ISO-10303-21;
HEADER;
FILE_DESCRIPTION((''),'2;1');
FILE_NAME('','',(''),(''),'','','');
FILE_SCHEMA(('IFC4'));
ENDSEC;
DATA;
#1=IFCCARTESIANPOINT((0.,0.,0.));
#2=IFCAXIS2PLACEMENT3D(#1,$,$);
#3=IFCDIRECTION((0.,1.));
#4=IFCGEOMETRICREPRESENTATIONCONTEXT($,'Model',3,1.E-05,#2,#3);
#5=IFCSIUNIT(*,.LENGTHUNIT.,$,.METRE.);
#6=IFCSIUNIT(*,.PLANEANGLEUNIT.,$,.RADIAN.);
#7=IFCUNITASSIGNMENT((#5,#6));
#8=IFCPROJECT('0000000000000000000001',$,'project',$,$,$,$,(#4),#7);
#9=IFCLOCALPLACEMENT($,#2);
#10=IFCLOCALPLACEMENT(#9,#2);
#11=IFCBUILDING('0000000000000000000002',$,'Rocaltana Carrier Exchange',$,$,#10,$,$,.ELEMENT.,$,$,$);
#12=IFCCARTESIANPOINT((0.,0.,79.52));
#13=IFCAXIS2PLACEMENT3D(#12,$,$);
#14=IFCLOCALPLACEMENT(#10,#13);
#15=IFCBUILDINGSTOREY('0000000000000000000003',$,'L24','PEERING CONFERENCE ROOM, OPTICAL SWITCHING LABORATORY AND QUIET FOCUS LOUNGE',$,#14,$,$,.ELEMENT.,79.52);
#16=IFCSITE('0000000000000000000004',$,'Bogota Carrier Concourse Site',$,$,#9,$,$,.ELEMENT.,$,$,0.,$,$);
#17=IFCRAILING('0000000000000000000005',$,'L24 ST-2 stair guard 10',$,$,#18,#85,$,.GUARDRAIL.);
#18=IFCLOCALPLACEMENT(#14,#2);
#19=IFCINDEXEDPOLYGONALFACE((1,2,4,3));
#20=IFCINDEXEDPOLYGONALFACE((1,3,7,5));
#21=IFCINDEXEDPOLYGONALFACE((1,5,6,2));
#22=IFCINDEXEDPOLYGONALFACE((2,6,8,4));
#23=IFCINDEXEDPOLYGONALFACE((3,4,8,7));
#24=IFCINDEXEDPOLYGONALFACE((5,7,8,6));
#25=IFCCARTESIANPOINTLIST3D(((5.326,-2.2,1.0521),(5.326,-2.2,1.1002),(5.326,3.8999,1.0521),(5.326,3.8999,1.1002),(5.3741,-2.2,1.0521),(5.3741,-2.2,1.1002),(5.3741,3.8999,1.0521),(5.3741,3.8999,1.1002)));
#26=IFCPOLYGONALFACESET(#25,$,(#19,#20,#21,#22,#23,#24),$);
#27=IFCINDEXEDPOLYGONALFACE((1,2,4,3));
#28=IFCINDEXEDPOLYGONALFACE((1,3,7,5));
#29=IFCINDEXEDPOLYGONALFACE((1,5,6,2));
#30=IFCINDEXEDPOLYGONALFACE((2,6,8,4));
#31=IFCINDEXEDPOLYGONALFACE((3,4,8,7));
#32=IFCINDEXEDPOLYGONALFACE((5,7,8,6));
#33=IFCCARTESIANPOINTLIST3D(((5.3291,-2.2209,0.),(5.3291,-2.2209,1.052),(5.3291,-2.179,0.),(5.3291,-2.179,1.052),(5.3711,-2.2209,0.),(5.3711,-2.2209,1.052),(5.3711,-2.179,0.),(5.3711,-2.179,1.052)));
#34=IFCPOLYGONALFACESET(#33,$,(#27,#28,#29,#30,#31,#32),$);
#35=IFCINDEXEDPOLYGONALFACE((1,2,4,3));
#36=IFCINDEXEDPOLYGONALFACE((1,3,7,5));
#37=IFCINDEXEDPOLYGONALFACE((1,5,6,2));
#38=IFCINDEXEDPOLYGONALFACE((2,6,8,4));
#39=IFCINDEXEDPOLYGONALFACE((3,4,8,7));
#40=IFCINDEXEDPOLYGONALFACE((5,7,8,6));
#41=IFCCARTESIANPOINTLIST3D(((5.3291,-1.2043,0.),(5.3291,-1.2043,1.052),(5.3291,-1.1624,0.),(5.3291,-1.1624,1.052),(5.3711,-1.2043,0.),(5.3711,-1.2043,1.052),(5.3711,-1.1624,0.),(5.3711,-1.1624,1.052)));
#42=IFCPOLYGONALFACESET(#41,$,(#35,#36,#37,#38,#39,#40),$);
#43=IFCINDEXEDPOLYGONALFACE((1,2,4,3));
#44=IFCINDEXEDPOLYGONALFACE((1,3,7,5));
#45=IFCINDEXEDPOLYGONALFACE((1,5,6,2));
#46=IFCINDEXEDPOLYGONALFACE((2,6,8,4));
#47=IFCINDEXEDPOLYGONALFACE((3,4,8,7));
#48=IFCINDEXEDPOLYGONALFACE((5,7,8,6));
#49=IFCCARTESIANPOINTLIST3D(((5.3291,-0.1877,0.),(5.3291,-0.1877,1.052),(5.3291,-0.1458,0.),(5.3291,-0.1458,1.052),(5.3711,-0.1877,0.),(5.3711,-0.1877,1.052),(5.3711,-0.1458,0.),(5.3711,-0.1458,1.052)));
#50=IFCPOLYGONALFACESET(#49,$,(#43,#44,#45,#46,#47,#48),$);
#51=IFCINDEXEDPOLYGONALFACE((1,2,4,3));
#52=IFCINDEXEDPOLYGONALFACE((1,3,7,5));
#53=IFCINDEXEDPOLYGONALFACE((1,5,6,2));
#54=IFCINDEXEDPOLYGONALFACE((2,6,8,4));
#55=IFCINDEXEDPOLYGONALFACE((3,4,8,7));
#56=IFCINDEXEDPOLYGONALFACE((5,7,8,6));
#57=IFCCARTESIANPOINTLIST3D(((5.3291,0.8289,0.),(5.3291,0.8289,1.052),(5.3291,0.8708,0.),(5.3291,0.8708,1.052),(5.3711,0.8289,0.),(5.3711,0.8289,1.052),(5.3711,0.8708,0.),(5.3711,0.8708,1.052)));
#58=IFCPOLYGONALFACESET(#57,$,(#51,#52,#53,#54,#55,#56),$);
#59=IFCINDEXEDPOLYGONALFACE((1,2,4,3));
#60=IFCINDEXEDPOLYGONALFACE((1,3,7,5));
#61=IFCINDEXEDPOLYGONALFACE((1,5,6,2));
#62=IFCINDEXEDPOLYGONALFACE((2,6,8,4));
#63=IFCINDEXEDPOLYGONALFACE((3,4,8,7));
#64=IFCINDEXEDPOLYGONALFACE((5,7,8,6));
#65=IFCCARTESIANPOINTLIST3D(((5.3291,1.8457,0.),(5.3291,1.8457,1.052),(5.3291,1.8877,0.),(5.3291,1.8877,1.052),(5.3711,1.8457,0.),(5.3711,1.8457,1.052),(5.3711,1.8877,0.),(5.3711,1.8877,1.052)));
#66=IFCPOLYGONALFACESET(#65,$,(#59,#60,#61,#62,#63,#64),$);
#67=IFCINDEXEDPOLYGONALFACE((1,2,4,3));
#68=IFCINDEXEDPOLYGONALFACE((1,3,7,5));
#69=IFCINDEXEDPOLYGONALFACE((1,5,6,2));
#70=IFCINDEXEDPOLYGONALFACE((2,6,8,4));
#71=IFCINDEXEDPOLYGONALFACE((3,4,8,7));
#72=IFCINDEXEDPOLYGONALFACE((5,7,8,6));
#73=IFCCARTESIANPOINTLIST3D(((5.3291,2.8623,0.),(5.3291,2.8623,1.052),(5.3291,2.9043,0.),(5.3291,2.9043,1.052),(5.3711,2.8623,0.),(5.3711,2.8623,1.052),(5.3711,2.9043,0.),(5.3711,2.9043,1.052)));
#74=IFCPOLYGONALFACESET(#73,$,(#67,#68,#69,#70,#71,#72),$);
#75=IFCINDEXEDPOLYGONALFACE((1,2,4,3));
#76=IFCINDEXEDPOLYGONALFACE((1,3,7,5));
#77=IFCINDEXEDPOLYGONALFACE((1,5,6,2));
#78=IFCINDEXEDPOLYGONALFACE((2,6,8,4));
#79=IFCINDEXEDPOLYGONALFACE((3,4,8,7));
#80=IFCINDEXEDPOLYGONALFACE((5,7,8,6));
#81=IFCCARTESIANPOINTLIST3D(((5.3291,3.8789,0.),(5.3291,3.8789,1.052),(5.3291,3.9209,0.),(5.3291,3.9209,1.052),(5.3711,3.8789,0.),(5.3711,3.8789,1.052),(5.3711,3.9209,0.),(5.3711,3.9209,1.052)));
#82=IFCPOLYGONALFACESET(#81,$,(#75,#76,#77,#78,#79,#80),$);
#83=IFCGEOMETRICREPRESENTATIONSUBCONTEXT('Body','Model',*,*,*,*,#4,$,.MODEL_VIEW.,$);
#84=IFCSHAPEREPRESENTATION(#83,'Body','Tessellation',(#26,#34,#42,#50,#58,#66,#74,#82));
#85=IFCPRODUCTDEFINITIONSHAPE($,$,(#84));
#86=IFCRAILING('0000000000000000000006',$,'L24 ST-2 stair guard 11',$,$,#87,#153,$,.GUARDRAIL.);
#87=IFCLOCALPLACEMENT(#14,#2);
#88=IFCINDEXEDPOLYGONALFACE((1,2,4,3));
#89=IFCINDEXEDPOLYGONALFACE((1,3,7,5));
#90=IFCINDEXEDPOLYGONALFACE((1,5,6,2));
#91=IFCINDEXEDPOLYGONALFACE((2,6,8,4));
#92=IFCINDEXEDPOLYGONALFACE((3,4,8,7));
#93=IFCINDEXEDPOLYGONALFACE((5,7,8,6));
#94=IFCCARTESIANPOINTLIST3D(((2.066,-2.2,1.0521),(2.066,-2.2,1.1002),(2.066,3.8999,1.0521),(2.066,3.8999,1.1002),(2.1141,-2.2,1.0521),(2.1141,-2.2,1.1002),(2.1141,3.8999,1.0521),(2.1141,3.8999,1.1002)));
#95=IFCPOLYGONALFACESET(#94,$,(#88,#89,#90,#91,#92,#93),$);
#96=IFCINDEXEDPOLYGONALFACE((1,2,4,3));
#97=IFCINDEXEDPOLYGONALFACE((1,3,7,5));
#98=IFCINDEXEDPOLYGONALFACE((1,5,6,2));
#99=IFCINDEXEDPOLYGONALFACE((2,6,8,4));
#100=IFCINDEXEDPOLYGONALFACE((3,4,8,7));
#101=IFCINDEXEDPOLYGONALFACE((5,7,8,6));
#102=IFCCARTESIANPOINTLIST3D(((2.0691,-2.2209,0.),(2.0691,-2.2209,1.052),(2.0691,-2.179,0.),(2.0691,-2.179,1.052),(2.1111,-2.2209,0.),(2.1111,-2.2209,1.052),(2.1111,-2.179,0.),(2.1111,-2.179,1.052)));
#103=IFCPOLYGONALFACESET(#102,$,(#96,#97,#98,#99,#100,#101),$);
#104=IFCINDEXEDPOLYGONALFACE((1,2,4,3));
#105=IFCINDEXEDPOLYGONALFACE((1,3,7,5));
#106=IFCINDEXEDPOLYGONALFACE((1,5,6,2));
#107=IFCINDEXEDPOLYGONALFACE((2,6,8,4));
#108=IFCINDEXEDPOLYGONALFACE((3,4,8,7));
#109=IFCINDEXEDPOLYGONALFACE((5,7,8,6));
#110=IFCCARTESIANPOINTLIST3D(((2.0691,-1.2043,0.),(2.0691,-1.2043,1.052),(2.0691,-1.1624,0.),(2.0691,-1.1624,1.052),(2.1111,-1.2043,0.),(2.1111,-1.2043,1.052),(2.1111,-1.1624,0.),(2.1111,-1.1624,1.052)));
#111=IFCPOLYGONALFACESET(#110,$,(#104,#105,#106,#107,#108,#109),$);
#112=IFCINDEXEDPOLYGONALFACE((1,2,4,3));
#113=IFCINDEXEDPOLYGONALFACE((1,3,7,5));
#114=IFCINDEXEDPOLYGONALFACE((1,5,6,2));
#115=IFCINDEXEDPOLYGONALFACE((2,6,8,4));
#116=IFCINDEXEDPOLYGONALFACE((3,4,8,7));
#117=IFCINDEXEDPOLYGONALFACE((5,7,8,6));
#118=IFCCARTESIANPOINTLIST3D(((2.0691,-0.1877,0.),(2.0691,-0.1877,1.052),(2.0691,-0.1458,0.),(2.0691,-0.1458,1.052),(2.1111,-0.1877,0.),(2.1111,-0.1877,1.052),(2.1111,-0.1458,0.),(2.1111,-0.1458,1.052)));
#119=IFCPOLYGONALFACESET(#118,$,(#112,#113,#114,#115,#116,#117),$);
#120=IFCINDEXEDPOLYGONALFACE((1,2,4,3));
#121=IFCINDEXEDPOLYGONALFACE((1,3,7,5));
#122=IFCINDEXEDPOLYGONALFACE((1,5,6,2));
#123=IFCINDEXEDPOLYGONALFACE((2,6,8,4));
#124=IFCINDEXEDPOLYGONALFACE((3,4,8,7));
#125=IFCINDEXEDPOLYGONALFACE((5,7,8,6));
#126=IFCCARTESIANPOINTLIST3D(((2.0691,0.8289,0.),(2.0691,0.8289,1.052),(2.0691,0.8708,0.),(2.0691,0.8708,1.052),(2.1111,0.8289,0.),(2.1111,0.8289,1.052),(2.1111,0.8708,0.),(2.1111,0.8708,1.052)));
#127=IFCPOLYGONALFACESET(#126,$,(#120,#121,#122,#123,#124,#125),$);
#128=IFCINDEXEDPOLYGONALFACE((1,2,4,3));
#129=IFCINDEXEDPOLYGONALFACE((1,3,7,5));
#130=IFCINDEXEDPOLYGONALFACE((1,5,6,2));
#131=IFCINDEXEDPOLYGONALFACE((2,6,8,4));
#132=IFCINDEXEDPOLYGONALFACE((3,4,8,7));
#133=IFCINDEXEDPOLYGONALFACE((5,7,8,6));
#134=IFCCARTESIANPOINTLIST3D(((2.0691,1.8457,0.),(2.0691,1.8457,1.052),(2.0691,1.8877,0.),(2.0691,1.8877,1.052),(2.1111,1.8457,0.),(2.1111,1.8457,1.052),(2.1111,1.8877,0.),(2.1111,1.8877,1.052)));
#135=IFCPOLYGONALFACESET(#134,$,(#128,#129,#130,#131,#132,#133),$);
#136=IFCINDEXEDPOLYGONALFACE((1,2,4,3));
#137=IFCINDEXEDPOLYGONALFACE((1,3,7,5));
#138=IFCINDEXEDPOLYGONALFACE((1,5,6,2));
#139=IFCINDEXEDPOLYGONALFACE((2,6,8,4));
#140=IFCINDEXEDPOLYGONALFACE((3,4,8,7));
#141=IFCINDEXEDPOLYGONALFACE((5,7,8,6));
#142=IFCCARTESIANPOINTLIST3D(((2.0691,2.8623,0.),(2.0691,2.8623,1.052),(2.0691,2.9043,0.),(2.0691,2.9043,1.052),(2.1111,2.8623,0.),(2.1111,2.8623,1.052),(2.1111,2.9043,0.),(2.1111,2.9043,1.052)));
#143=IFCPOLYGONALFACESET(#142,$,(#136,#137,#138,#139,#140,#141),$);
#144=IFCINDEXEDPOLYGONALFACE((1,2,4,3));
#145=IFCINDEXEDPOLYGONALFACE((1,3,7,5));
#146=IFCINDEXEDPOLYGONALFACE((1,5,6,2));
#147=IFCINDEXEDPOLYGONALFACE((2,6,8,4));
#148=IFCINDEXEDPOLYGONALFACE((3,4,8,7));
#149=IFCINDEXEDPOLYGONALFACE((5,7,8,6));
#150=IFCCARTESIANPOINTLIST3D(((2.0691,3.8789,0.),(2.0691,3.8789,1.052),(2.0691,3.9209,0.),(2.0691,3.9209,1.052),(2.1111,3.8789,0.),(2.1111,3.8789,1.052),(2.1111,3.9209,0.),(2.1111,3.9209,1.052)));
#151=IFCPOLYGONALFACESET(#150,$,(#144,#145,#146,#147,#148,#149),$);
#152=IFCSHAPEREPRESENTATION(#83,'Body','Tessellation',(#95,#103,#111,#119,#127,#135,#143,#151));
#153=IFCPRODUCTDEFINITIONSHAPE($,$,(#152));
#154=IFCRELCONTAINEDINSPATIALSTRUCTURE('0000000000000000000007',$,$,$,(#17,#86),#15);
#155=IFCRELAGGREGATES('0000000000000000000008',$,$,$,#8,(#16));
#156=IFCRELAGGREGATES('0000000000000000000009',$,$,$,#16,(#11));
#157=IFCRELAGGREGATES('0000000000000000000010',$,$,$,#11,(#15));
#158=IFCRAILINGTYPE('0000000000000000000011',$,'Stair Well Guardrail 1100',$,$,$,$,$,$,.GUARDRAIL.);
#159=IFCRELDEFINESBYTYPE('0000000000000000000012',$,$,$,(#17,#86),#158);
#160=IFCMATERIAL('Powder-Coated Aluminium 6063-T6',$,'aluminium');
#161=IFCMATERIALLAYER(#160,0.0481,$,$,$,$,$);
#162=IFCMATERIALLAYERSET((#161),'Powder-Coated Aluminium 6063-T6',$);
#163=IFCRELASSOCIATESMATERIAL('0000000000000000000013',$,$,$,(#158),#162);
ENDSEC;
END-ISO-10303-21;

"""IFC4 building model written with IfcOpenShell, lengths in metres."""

from ifc_helpers import new_model, si_unit, direction, frame, origin, origin_2d, place, context, subcontext, project, spatial, rectangle, extrude, material, layer, layer_set, type_object, element, save


model = new_model("IFC4")

# Units and contexts
model_context = context("Model", 3, precision=1e-05, world=origin(), true_north=direction((0.0, 1.0)))
body_context = subcontext(model_context, "Body", "Model", "MODEL_VIEW")
ifc_project = project(units=[si_unit("LENGTHUNIT", "METRE"), si_unit("PLANEANGLEUNIT", "RADIAN")], contexts=[model_context])

# Site, building, storey
site_placement = place(None, origin())
site = spatial("IfcSite", under=ifc_project, at=site_placement, Name="Bogota Carrier Concourse Site", CompositionType="ELEMENT", RefElevation=0.0)
building_placement = place(site_placement, origin())
building = spatial("IfcBuilding", under=site, at=building_placement, Name="Rocaltana Carrier Exchange", CompositionType="ELEMENT")
storey_placement = place(building_placement, frame((0.0, 0.0, 79.52)))
storey = spatial("IfcBuildingStorey", under=building, at=storey_placement, Name="L24", Description="PEERING CONFERENCE ROOM, OPTICAL SWITCHING LABORATORY AND QUIET FOCUS LOUNGE", CompositionType="ELEMENT", Elevation=79.52)

# Railings
ifc_material_1 = material(Name="Powder-Coated Aluminium 6063-T6", Category="aluminium")
ifc_layer_1 = layer(ifc_material_1, 0.0481)
ifc_layer_set_1 = layer_set([ifc_layer_1], Name="Powder-Coated Aluminium 6063-T6")
railing_type_1 = type_object("IfcRailingType", Name="Stair Well Guardrail 1100", PredefinedType="GUARDRAIL", material=ifc_layer_set_1)
for number, where, name in (
    (1, (5.3501, -2.2, 0.0), "L24 ST-2 stair guard 10"),
    (2, (2.0901, -2.2, 0.0), "L24 ST-2 stair guard 11"),
):
    element("IfcRailing", number, at=place(storey_placement, frame(where)), inside=storey, type_object=railing_type_1, Name=name, PredefinedType="GUARDRAIL", context=body_context, shape_type="SweptSolid", body=[
        extrude(rectangle(XDim=0.0481, YDim=0.0481, at=origin_2d()), frame((0.0, 0.0, 1.0762), z_axis=(0.0, 1.0, 0.0), x_axis=(-1.0, 0.0, 0.0)), (0.0, 0.0, 1.0), 6.0999),
        extrude(rectangle(XDim=0.042, YDim=0.042, at=origin_2d()), origin(), (0.0, 0.0, 1.0), 1.052),
        extrude(rectangle(XDim=0.042, YDim=0.042, at=origin_2d()), frame((0.0, 1.0166, 0.0)), (0.0, 0.0, 1.0), 1.052),
        extrude(rectangle(XDim=0.042, YDim=0.042, at=origin_2d()), frame((0.0, 2.0332, 0.0)), (0.0, 0.0, 1.0), 1.052),
        extrude(rectangle(XDim=0.042, YDim=0.042, at=origin_2d()), frame((0.0, 3.0498, 0.0)), (0.0, 0.0, 1.0), 1.052),
        extrude(rectangle(XDim=0.042, YDim=0.042, at=origin_2d()), frame((0.0, 4.0667, 0.0)), (0.0, 0.0, 1.0), 1.052),
        extrude(rectangle(XDim=0.042, YDim=0.042, at=origin_2d()), frame((0.0, 5.0833, 0.0)), (0.0, 0.0, 1.0), 1.052),
        extrude(rectangle(XDim=0.042, YDim=0.042, at=origin_2d()), frame((0.0, 6.0999, 0.0)), (0.0, 0.0, 1.0), 1.052),
    ])

save(model, "model.ifc")
